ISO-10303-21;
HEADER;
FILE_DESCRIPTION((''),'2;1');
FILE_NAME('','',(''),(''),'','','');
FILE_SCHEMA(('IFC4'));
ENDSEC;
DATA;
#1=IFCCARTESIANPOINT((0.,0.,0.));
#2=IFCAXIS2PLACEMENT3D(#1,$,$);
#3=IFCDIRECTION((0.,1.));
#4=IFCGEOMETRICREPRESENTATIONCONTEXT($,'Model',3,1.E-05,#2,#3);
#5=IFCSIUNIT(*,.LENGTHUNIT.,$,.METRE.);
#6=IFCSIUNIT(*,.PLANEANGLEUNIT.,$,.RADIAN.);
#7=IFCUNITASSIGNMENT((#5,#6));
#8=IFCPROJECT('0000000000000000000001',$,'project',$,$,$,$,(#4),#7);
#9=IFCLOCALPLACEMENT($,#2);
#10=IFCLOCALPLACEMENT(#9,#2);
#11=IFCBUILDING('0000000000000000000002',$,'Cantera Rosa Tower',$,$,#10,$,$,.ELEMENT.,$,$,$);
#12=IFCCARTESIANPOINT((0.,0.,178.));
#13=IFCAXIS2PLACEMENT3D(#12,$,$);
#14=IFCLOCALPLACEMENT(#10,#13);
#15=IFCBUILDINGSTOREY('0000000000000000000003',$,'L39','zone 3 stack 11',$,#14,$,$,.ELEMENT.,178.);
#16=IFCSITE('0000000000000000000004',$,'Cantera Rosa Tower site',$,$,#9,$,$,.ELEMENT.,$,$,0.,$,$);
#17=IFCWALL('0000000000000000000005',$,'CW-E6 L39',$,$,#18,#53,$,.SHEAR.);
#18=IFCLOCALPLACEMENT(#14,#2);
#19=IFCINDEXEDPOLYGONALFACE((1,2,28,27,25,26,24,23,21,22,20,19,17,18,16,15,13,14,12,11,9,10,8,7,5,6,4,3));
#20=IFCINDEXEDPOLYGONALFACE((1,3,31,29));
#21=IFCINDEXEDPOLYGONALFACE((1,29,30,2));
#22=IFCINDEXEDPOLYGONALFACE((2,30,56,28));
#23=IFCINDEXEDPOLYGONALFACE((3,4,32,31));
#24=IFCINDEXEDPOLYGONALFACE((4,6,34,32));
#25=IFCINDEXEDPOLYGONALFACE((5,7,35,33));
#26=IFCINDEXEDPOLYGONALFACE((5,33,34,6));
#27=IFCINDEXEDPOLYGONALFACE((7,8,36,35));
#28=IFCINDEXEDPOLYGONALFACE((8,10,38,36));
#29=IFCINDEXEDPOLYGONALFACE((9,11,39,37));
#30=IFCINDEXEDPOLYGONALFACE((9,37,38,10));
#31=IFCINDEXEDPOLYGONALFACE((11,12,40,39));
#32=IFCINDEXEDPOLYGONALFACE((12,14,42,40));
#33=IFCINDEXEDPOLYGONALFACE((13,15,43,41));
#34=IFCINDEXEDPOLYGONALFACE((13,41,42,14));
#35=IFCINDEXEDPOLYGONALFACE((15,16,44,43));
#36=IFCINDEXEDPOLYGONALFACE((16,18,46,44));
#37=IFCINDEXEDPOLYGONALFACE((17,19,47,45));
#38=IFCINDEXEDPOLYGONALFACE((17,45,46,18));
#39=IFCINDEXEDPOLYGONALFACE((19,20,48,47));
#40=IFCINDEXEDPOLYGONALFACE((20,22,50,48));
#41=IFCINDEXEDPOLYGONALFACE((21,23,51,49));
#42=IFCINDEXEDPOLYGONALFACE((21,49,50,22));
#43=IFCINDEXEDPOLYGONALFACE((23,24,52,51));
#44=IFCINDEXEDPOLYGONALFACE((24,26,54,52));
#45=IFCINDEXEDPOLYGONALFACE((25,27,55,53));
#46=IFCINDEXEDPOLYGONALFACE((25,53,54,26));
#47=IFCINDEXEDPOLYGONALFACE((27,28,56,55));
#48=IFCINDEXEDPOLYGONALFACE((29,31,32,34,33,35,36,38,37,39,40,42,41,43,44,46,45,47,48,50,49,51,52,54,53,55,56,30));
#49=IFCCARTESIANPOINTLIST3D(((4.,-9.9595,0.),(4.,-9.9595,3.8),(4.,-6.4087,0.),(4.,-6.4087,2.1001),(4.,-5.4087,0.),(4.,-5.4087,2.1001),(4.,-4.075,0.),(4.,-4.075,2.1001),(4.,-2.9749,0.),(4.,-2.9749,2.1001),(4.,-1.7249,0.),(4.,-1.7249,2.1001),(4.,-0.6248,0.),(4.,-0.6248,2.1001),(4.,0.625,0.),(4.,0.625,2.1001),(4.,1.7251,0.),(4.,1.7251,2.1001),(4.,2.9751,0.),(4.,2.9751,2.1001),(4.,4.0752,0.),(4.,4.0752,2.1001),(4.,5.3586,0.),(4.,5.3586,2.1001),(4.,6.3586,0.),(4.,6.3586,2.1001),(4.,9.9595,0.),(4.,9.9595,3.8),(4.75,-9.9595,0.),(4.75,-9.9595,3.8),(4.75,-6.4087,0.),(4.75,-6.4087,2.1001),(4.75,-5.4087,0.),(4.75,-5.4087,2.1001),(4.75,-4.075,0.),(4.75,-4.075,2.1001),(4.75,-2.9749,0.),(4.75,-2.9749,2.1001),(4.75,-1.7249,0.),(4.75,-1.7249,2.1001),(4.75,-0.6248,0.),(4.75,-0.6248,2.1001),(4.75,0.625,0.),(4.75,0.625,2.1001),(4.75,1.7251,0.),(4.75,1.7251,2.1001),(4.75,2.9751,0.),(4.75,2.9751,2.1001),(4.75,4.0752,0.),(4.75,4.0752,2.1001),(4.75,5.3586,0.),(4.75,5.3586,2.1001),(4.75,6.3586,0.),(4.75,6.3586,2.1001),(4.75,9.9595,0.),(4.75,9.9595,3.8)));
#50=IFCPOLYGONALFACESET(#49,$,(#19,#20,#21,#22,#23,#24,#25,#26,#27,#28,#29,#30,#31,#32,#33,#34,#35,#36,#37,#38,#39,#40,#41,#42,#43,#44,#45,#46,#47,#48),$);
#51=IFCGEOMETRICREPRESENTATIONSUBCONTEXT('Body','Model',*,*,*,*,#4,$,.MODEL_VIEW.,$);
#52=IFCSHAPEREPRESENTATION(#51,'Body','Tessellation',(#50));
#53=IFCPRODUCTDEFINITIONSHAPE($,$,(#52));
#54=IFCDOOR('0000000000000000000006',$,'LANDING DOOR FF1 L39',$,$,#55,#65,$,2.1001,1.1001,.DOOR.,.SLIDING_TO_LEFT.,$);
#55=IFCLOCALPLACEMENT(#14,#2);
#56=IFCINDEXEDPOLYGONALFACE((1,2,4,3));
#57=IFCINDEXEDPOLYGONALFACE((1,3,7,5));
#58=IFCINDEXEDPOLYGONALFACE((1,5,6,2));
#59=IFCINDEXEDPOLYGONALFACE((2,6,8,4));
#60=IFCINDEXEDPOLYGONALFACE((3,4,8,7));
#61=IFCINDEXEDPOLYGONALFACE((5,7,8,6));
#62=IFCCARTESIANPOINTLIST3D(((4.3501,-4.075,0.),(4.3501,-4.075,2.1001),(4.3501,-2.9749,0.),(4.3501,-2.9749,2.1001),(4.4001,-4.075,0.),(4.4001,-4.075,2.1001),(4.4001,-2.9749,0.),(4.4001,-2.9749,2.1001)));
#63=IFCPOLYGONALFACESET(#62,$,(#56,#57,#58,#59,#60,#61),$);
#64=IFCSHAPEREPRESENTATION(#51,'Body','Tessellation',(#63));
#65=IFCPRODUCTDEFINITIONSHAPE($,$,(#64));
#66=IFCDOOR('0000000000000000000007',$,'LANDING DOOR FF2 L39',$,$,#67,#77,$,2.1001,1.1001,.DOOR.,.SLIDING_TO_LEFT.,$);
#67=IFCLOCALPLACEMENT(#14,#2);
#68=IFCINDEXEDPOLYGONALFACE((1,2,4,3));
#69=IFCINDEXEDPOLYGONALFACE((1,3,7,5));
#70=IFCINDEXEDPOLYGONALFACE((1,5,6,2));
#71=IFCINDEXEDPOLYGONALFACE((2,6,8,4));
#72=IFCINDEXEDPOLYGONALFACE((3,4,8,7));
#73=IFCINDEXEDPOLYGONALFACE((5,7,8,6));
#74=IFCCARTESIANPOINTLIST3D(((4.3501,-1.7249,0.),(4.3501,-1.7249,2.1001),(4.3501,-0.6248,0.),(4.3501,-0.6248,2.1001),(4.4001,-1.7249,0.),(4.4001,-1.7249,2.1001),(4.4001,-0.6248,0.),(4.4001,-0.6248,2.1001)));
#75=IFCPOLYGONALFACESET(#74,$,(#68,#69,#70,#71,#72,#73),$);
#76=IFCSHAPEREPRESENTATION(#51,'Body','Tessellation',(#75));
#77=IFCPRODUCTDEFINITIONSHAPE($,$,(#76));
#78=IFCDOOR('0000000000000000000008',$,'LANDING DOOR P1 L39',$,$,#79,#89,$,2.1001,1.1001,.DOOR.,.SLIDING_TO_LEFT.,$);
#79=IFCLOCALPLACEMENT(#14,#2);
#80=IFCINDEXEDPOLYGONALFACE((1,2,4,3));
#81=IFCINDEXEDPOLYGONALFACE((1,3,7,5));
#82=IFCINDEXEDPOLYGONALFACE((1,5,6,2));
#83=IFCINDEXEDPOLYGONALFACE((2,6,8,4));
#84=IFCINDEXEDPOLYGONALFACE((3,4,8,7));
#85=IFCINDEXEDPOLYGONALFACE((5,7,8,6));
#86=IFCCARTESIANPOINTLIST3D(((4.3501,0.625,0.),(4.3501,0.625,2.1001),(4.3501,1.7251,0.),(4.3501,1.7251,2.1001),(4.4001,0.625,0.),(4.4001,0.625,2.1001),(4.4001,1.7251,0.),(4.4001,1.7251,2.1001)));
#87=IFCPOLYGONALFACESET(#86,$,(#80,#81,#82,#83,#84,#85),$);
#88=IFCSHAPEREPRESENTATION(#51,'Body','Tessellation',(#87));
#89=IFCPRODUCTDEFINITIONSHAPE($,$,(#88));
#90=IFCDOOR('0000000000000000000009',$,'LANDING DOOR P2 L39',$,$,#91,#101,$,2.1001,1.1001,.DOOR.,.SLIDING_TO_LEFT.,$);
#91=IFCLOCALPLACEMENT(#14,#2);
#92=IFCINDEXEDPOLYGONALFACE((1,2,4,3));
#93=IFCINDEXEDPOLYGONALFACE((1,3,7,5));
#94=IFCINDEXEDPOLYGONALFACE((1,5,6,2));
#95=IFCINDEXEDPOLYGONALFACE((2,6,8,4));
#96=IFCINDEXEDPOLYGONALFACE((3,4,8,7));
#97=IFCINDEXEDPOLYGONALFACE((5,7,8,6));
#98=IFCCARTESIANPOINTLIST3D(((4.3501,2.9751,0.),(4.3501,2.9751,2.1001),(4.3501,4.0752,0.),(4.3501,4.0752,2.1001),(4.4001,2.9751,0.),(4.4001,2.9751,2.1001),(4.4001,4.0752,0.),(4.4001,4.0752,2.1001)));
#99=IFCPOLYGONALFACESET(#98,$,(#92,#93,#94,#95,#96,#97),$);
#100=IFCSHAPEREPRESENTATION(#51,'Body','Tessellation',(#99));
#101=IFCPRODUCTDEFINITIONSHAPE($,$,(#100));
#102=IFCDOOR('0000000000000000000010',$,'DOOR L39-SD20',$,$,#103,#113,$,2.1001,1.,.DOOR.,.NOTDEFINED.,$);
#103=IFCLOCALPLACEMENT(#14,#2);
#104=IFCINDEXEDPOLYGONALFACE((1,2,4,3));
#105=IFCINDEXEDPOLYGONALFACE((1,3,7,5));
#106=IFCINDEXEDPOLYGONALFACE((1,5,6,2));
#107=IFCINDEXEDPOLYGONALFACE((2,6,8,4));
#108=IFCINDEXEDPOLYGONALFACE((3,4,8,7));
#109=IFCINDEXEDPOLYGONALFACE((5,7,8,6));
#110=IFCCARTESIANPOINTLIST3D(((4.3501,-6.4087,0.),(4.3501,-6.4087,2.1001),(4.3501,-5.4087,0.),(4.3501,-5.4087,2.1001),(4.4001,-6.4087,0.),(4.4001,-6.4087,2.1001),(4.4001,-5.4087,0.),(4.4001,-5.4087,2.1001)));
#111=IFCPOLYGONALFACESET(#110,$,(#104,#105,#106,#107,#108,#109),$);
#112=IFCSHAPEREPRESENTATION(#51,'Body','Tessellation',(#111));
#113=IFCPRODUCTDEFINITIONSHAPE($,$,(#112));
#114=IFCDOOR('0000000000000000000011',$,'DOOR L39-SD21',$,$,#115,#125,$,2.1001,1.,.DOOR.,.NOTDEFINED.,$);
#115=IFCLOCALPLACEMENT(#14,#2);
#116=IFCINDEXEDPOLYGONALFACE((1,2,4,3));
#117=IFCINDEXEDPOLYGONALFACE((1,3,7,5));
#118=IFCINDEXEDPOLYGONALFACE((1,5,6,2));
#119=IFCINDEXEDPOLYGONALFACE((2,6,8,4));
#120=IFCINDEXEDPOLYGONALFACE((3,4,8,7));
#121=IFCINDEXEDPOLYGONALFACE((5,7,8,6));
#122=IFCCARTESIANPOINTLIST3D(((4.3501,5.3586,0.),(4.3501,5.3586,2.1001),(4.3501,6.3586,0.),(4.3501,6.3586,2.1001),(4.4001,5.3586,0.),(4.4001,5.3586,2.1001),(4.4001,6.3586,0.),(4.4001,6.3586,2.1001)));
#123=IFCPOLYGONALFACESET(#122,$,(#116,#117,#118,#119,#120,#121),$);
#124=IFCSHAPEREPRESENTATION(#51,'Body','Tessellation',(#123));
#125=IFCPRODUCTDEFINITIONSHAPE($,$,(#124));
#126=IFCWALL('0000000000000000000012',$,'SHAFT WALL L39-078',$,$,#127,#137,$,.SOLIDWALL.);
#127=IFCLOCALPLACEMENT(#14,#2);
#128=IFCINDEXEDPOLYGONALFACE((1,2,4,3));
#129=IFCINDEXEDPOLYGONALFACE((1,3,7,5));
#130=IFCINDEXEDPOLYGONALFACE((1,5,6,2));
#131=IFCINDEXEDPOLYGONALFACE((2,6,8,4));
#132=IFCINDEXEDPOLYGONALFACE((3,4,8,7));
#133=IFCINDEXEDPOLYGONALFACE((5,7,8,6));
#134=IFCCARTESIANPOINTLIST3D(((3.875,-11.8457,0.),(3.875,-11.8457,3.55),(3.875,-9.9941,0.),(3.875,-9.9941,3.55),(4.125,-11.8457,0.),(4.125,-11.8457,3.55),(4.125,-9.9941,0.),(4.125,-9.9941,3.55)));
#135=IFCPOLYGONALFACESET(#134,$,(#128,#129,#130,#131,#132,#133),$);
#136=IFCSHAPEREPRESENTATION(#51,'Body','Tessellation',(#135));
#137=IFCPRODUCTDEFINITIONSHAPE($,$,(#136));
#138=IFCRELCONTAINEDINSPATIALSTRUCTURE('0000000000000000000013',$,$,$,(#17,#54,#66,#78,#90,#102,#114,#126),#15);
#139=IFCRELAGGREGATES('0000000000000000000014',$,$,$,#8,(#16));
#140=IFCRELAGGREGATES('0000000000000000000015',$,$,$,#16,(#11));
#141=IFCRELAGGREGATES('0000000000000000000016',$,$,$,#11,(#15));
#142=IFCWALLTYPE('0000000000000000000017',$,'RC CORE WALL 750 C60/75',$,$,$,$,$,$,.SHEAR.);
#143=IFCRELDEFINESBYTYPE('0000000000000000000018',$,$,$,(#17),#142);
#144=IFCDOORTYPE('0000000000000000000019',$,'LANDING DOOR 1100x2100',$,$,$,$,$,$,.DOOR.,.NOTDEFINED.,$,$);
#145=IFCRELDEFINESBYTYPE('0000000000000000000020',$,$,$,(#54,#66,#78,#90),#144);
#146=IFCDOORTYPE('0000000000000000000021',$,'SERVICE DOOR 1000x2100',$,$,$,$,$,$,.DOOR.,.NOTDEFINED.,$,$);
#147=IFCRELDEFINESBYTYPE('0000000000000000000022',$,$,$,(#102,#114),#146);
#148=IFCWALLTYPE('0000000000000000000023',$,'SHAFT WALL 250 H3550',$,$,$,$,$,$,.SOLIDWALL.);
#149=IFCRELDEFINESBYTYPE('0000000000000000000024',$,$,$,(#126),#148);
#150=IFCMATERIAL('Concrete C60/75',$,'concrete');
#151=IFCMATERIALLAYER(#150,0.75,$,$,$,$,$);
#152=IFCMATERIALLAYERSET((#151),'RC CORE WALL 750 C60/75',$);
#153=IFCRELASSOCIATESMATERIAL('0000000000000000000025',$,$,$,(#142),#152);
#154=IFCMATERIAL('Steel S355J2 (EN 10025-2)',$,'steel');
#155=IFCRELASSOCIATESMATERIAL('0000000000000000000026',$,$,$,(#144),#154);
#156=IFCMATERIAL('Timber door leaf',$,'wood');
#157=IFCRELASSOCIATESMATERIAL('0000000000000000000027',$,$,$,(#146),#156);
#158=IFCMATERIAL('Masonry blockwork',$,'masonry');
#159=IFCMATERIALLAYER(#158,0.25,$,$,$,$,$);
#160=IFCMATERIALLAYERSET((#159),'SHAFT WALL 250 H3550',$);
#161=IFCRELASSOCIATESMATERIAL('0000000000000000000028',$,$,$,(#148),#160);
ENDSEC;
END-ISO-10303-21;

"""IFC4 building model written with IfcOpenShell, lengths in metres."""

from ifc_helpers import new_model, si_unit, direction, frame, frame_2d, origin, place, context, subcontext, project, spatial, rectangle, extrude, material, layer, layer_set, type_object, element, fill, save


model = new_model("IFC4")

# Units and contexts
model_context = context("Model", 3, precision=1e-05, world=origin(), true_north=direction((0.0, 1.0)))
body_context = subcontext(model_context, "Body", "Model", "MODEL_VIEW")
ifc_project = project(units=[si_unit("LENGTHUNIT", "METRE"), si_unit("PLANEANGLEUNIT", "RADIAN")], contexts=[model_context])

# Site, building, storey
site_placement = place(None, origin())
site = spatial("IfcSite", under=ifc_project, at=site_placement, Name="Cantera Rosa Tower site", CompositionType="ELEMENT", RefElevation=0.0)
building_placement = place(site_placement, origin())
building = spatial("IfcBuilding", under=site, at=building_placement, Name="Cantera Rosa Tower", CompositionType="ELEMENT")
storey_placement = place(building_placement, frame((0.0, 0.0, 178.0)))
storey = spatial("IfcBuildingStorey", under=building, at=storey_placement, Name="L39", Description="zone 3 stack 11", CompositionType="ELEMENT", Elevation=178.0)

# Shared definitions
ifc_material_1 = material(Name="Concrete C60/75", Category="concrete")
ifc_layer_1 = layer(ifc_material_1, 0.75)
ifc_layer_set_1 = layer_set([ifc_layer_1], Name="RC CORE WALL 750 C60/75")
wall_type_1 = type_object("IfcWallType", Name="RC CORE WALL 750 C60/75", PredefinedType="SHEAR", material=ifc_layer_set_1)

# Wall, openings, doors
wall_1_placement = place(storey_placement, frame((4.375, -9.9595, 0.0), z_axis=(0.0, 0.0, 1.0), x_axis=(0.0, 1.0, 0.0)))
wall_1 = element("IfcWall", 1, at=wall_1_placement, inside=storey, type_object=wall_type_1, Name="CW-E6 L39", PredefinedType="SHEAR", context=body_context, shape_type="SweptSolid", body=[
    extrude(rectangle(XDim=19.9189, YDim=0.75, at=frame_2d((9.9595, 0.0))), origin(), (0.0, 0.0, 1.0), 3.8),
])
opening_1_placement = place(wall_1_placement, frame((5.8845, 0.0, 0.0)))
opening_1 = element("IfcOpeningElement", 2, at=opening_1_placement, cuts=wall_1, PredefinedType="OPENING", context=body_context, shape_type="SweptSolid", body=[
    extrude(rectangle(XDim=1.1001, YDim=2.1001, at=frame_2d((0.55, 1.05))), frame((0.0, 0.385, 0.0), z_axis=(0.0, -1.0, 0.0), x_axis=(1.0, 0.0, 0.0)), (0.0, 0.0, 1.0), 0.77),
])
opening_2_placement = place(wall_1_placement, frame((8.2346, 0.0, 0.0)))
opening_2 = element("IfcOpeningElement", 3, at=opening_2_placement, cuts=wall_1, PredefinedType="OPENING", context=body_context, shape_type="SweptSolid", body=[
    extrude(rectangle(XDim=1.1001, YDim=2.1001, at=frame_2d((0.55, 1.05))), frame((0.0, 0.385, 0.0), z_axis=(0.0, -1.0, 0.0), x_axis=(1.0, 0.0, 0.0)), (0.0, 0.0, 1.0), 0.77),
])
opening_3_placement = place(wall_1_placement, frame((10.5845, 0.0, 0.0)))
opening_3 = element("IfcOpeningElement", 4, at=opening_3_placement, cuts=wall_1, PredefinedType="OPENING", context=body_context, shape_type="SweptSolid", body=[
    extrude(rectangle(XDim=1.1001, YDim=2.1001, at=frame_2d((0.55, 1.05))), frame((0.0, 0.385, 0.0), z_axis=(0.0, -1.0, 0.0), x_axis=(1.0, 0.0, 0.0)), (0.0, 0.0, 1.0), 0.77),
])
opening_4_placement = place(wall_1_placement, frame((12.9346, 0.0, 0.0)))
opening_4 = element("IfcOpeningElement", 5, at=opening_4_placement, cuts=wall_1, PredefinedType="OPENING", context=body_context, shape_type="SweptSolid", body=[
    extrude(rectangle(XDim=1.1001, YDim=2.1001, at=frame_2d((0.55, 1.05))), frame((0.0, 0.385, 0.0), z_axis=(0.0, -1.0, 0.0), x_axis=(1.0, 0.0, 0.0)), (0.0, 0.0, 1.0), 0.77),
])
opening_5_placement = place(wall_1_placement, frame((3.5508, 0.0, 0.0)))
opening_5 = element("IfcOpeningElement", 6, at=opening_5_placement, cuts=wall_1, PredefinedType="OPENING", context=body_context, shape_type="SweptSolid", body=[
    extrude(rectangle(XDim=1.0, YDim=2.1001, at=frame_2d((0.5, 1.05))), frame((0.0, 0.385, 0.0), z_axis=(0.0, -1.0, 0.0), x_axis=(1.0, 0.0, 0.0)), (0.0, 0.0, 1.0), 0.77),
])
opening_6_placement = place(wall_1_placement, frame((15.3181, 0.0, 0.0)))
opening_6 = element("IfcOpeningElement", 7, at=opening_6_placement, cuts=wall_1, PredefinedType="OPENING", context=body_context, shape_type="SweptSolid", body=[
    extrude(rectangle(XDim=1.0, YDim=2.1001, at=frame_2d((0.5, 1.05))), frame((0.0, 0.385, 0.0), z_axis=(0.0, -1.0, 0.0), x_axis=(1.0, 0.0, 0.0)), (0.0, 0.0, 1.0), 0.77),
])
ifc_material_2 = material(Name="Steel S355J2 (EN 10025-2)", Category="steel")
door_type_1 = type_object("IfcDoorType", Name="LANDING DOOR 1100x2100", OperationType="NOTDEFINED", PredefinedType="DOOR", material=ifc_material_2)
door_1_placement = place(opening_1_placement, origin())
door_1 = element("IfcDoor", 8, at=door_1_placement, inside=storey, type_object=door_type_1, Name="LANDING DOOR FF1 L39", OperationType="SLIDING_TO_LEFT", OverallHeight=2.1001, OverallWidth=1.1001, PredefinedType="DOOR", context=body_context, shape_type="SweptSolid", body=[
    extrude(rectangle(XDim=1.1001, YDim=2.1001, at=frame_2d((0.55, 1.05))), frame((0.0, 0.0249, 0.0), z_axis=(0.0, -1.0, 0.0), x_axis=(1.0, 0.0, 0.0)), (0.0, 0.0, 1.0), 0.05),
])
fill(opening_1, door_1)
door_2_placement = place(opening_2_placement, origin())
door_2 = element("IfcDoor", 9, at=door_2_placement, inside=storey, type_object=door_type_1, Name="LANDING DOOR FF2 L39", OperationType="SLIDING_TO_LEFT", OverallHeight=2.1001, OverallWidth=1.1001, PredefinedType="DOOR", context=body_context, shape_type="SweptSolid", body=[
    extrude(rectangle(XDim=1.1001, YDim=2.1001, at=frame_2d((0.55, 1.05))), frame((0.0, 0.0249, 0.0), z_axis=(0.0, -1.0, 0.0), x_axis=(1.0, 0.0, 0.0)), (0.0, 0.0, 1.0), 0.05),
])
fill(opening_2, door_2)
door_3_placement = place(opening_3_placement, origin())
door_3 = element("IfcDoor", 10, at=door_3_placement, inside=storey, type_object=door_type_1, Name="LANDING DOOR P1 L39", OperationType="SLIDING_TO_LEFT", OverallHeight=2.1001, OverallWidth=1.1001, PredefinedType="DOOR", context=body_context, shape_type="SweptSolid", body=[
    extrude(rectangle(XDim=1.1001, YDim=2.1001, at=frame_2d((0.55, 1.05))), frame((0.0, 0.0249, 0.0), z_axis=(0.0, -1.0, 0.0), x_axis=(1.0, 0.0, 0.0)), (0.0, 0.0, 1.0), 0.05),
])
fill(opening_3, door_3)
door_4_placement = place(opening_4_placement, origin())
door_4 = element("IfcDoor", 11, at=door_4_placement, inside=storey, type_object=door_type_1, Name="LANDING DOOR P2 L39", OperationType="SLIDING_TO_LEFT", OverallHeight=2.1001, OverallWidth=1.1001, PredefinedType="DOOR", context=body_context, shape_type="SweptSolid", body=[
    extrude(rectangle(XDim=1.1001, YDim=2.1001, at=frame_2d((0.55, 1.05))), frame((0.0, 0.0249, 0.0), z_axis=(0.0, -1.0, 0.0), x_axis=(1.0, 0.0, 0.0)), (0.0, 0.0, 1.0), 0.05),
])
fill(opening_4, door_4)
ifc_material_3 = material(Name="Timber door leaf", Category="wood")
door_type_2 = type_object("IfcDoorType", Name="SERVICE DOOR 1000x2100", OperationType="NOTDEFINED", PredefinedType="DOOR", material=ifc_material_3)
door_5_placement = place(opening_5_placement, origin())
door_5 = element("IfcDoor", 12, at=door_5_placement, inside=storey, type_object=door_type_2, Name="DOOR L39-SD20", OperationType="NOTDEFINED", OverallHeight=2.1001, OverallWidth=1.0, PredefinedType="DOOR", context=body_context, shape_type="SweptSolid", body=[
    extrude(rectangle(XDim=1.0, YDim=2.1001, at=frame_2d((0.5, 1.05))), frame((0.0, 0.0249, 0.0), z_axis=(0.0, -1.0, 0.0), x_axis=(1.0, 0.0, 0.0)), (0.0, 0.0, 1.0), 0.05),
])
fill(opening_5, door_5)
door_6_placement = place(opening_6_placement, origin())
door_6 = element("IfcDoor", 13, at=door_6_placement, inside=storey, type_object=door_type_2, Name="DOOR L39-SD21", OperationType="NOTDEFINED", OverallHeight=2.1001, OverallWidth=1.0, PredefinedType="DOOR", context=body_context, shape_type="SweptSolid", body=[
    extrude(rectangle(XDim=1.0, YDim=2.1001, at=frame_2d((0.5, 1.05))), frame((0.0, 0.0249, 0.0), z_axis=(0.0, -1.0, 0.0), x_axis=(1.0, 0.0, 0.0)), (0.0, 0.0, 1.0), 0.05),
])
fill(opening_6, door_6)

# Wall
ifc_material_4 = material(Name="Masonry blockwork", Category="masonry")
ifc_layer_2 = layer(ifc_material_4, 0.25)
ifc_layer_set_2 = layer_set([ifc_layer_2], Name="SHAFT WALL 250 H3550")
wall_type_2 = type_object("IfcWallType", Name="SHAFT WALL 250 H3550", PredefinedType="SOLIDWALL", material=ifc_layer_set_2)
wall_2_placement = place(storey_placement, frame((4.0, -11.8457, 0.0), z_axis=(0.0, 0.0, 1.0), x_axis=(0.0, 1.0, 0.0)))
element("IfcWall", 14, at=wall_2_placement, inside=storey, type_object=wall_type_2, Name="SHAFT WALL L39-078", PredefinedType="SOLIDWALL", context=body_context, shape_type="SweptSolid", body=[
    extrude(rectangle(XDim=1.8516, YDim=0.25, at=frame_2d((0.9258, 0.0))), origin(), (0.0, 0.0, 1.0), 3.55),
])

save(model, "model.ifc")
